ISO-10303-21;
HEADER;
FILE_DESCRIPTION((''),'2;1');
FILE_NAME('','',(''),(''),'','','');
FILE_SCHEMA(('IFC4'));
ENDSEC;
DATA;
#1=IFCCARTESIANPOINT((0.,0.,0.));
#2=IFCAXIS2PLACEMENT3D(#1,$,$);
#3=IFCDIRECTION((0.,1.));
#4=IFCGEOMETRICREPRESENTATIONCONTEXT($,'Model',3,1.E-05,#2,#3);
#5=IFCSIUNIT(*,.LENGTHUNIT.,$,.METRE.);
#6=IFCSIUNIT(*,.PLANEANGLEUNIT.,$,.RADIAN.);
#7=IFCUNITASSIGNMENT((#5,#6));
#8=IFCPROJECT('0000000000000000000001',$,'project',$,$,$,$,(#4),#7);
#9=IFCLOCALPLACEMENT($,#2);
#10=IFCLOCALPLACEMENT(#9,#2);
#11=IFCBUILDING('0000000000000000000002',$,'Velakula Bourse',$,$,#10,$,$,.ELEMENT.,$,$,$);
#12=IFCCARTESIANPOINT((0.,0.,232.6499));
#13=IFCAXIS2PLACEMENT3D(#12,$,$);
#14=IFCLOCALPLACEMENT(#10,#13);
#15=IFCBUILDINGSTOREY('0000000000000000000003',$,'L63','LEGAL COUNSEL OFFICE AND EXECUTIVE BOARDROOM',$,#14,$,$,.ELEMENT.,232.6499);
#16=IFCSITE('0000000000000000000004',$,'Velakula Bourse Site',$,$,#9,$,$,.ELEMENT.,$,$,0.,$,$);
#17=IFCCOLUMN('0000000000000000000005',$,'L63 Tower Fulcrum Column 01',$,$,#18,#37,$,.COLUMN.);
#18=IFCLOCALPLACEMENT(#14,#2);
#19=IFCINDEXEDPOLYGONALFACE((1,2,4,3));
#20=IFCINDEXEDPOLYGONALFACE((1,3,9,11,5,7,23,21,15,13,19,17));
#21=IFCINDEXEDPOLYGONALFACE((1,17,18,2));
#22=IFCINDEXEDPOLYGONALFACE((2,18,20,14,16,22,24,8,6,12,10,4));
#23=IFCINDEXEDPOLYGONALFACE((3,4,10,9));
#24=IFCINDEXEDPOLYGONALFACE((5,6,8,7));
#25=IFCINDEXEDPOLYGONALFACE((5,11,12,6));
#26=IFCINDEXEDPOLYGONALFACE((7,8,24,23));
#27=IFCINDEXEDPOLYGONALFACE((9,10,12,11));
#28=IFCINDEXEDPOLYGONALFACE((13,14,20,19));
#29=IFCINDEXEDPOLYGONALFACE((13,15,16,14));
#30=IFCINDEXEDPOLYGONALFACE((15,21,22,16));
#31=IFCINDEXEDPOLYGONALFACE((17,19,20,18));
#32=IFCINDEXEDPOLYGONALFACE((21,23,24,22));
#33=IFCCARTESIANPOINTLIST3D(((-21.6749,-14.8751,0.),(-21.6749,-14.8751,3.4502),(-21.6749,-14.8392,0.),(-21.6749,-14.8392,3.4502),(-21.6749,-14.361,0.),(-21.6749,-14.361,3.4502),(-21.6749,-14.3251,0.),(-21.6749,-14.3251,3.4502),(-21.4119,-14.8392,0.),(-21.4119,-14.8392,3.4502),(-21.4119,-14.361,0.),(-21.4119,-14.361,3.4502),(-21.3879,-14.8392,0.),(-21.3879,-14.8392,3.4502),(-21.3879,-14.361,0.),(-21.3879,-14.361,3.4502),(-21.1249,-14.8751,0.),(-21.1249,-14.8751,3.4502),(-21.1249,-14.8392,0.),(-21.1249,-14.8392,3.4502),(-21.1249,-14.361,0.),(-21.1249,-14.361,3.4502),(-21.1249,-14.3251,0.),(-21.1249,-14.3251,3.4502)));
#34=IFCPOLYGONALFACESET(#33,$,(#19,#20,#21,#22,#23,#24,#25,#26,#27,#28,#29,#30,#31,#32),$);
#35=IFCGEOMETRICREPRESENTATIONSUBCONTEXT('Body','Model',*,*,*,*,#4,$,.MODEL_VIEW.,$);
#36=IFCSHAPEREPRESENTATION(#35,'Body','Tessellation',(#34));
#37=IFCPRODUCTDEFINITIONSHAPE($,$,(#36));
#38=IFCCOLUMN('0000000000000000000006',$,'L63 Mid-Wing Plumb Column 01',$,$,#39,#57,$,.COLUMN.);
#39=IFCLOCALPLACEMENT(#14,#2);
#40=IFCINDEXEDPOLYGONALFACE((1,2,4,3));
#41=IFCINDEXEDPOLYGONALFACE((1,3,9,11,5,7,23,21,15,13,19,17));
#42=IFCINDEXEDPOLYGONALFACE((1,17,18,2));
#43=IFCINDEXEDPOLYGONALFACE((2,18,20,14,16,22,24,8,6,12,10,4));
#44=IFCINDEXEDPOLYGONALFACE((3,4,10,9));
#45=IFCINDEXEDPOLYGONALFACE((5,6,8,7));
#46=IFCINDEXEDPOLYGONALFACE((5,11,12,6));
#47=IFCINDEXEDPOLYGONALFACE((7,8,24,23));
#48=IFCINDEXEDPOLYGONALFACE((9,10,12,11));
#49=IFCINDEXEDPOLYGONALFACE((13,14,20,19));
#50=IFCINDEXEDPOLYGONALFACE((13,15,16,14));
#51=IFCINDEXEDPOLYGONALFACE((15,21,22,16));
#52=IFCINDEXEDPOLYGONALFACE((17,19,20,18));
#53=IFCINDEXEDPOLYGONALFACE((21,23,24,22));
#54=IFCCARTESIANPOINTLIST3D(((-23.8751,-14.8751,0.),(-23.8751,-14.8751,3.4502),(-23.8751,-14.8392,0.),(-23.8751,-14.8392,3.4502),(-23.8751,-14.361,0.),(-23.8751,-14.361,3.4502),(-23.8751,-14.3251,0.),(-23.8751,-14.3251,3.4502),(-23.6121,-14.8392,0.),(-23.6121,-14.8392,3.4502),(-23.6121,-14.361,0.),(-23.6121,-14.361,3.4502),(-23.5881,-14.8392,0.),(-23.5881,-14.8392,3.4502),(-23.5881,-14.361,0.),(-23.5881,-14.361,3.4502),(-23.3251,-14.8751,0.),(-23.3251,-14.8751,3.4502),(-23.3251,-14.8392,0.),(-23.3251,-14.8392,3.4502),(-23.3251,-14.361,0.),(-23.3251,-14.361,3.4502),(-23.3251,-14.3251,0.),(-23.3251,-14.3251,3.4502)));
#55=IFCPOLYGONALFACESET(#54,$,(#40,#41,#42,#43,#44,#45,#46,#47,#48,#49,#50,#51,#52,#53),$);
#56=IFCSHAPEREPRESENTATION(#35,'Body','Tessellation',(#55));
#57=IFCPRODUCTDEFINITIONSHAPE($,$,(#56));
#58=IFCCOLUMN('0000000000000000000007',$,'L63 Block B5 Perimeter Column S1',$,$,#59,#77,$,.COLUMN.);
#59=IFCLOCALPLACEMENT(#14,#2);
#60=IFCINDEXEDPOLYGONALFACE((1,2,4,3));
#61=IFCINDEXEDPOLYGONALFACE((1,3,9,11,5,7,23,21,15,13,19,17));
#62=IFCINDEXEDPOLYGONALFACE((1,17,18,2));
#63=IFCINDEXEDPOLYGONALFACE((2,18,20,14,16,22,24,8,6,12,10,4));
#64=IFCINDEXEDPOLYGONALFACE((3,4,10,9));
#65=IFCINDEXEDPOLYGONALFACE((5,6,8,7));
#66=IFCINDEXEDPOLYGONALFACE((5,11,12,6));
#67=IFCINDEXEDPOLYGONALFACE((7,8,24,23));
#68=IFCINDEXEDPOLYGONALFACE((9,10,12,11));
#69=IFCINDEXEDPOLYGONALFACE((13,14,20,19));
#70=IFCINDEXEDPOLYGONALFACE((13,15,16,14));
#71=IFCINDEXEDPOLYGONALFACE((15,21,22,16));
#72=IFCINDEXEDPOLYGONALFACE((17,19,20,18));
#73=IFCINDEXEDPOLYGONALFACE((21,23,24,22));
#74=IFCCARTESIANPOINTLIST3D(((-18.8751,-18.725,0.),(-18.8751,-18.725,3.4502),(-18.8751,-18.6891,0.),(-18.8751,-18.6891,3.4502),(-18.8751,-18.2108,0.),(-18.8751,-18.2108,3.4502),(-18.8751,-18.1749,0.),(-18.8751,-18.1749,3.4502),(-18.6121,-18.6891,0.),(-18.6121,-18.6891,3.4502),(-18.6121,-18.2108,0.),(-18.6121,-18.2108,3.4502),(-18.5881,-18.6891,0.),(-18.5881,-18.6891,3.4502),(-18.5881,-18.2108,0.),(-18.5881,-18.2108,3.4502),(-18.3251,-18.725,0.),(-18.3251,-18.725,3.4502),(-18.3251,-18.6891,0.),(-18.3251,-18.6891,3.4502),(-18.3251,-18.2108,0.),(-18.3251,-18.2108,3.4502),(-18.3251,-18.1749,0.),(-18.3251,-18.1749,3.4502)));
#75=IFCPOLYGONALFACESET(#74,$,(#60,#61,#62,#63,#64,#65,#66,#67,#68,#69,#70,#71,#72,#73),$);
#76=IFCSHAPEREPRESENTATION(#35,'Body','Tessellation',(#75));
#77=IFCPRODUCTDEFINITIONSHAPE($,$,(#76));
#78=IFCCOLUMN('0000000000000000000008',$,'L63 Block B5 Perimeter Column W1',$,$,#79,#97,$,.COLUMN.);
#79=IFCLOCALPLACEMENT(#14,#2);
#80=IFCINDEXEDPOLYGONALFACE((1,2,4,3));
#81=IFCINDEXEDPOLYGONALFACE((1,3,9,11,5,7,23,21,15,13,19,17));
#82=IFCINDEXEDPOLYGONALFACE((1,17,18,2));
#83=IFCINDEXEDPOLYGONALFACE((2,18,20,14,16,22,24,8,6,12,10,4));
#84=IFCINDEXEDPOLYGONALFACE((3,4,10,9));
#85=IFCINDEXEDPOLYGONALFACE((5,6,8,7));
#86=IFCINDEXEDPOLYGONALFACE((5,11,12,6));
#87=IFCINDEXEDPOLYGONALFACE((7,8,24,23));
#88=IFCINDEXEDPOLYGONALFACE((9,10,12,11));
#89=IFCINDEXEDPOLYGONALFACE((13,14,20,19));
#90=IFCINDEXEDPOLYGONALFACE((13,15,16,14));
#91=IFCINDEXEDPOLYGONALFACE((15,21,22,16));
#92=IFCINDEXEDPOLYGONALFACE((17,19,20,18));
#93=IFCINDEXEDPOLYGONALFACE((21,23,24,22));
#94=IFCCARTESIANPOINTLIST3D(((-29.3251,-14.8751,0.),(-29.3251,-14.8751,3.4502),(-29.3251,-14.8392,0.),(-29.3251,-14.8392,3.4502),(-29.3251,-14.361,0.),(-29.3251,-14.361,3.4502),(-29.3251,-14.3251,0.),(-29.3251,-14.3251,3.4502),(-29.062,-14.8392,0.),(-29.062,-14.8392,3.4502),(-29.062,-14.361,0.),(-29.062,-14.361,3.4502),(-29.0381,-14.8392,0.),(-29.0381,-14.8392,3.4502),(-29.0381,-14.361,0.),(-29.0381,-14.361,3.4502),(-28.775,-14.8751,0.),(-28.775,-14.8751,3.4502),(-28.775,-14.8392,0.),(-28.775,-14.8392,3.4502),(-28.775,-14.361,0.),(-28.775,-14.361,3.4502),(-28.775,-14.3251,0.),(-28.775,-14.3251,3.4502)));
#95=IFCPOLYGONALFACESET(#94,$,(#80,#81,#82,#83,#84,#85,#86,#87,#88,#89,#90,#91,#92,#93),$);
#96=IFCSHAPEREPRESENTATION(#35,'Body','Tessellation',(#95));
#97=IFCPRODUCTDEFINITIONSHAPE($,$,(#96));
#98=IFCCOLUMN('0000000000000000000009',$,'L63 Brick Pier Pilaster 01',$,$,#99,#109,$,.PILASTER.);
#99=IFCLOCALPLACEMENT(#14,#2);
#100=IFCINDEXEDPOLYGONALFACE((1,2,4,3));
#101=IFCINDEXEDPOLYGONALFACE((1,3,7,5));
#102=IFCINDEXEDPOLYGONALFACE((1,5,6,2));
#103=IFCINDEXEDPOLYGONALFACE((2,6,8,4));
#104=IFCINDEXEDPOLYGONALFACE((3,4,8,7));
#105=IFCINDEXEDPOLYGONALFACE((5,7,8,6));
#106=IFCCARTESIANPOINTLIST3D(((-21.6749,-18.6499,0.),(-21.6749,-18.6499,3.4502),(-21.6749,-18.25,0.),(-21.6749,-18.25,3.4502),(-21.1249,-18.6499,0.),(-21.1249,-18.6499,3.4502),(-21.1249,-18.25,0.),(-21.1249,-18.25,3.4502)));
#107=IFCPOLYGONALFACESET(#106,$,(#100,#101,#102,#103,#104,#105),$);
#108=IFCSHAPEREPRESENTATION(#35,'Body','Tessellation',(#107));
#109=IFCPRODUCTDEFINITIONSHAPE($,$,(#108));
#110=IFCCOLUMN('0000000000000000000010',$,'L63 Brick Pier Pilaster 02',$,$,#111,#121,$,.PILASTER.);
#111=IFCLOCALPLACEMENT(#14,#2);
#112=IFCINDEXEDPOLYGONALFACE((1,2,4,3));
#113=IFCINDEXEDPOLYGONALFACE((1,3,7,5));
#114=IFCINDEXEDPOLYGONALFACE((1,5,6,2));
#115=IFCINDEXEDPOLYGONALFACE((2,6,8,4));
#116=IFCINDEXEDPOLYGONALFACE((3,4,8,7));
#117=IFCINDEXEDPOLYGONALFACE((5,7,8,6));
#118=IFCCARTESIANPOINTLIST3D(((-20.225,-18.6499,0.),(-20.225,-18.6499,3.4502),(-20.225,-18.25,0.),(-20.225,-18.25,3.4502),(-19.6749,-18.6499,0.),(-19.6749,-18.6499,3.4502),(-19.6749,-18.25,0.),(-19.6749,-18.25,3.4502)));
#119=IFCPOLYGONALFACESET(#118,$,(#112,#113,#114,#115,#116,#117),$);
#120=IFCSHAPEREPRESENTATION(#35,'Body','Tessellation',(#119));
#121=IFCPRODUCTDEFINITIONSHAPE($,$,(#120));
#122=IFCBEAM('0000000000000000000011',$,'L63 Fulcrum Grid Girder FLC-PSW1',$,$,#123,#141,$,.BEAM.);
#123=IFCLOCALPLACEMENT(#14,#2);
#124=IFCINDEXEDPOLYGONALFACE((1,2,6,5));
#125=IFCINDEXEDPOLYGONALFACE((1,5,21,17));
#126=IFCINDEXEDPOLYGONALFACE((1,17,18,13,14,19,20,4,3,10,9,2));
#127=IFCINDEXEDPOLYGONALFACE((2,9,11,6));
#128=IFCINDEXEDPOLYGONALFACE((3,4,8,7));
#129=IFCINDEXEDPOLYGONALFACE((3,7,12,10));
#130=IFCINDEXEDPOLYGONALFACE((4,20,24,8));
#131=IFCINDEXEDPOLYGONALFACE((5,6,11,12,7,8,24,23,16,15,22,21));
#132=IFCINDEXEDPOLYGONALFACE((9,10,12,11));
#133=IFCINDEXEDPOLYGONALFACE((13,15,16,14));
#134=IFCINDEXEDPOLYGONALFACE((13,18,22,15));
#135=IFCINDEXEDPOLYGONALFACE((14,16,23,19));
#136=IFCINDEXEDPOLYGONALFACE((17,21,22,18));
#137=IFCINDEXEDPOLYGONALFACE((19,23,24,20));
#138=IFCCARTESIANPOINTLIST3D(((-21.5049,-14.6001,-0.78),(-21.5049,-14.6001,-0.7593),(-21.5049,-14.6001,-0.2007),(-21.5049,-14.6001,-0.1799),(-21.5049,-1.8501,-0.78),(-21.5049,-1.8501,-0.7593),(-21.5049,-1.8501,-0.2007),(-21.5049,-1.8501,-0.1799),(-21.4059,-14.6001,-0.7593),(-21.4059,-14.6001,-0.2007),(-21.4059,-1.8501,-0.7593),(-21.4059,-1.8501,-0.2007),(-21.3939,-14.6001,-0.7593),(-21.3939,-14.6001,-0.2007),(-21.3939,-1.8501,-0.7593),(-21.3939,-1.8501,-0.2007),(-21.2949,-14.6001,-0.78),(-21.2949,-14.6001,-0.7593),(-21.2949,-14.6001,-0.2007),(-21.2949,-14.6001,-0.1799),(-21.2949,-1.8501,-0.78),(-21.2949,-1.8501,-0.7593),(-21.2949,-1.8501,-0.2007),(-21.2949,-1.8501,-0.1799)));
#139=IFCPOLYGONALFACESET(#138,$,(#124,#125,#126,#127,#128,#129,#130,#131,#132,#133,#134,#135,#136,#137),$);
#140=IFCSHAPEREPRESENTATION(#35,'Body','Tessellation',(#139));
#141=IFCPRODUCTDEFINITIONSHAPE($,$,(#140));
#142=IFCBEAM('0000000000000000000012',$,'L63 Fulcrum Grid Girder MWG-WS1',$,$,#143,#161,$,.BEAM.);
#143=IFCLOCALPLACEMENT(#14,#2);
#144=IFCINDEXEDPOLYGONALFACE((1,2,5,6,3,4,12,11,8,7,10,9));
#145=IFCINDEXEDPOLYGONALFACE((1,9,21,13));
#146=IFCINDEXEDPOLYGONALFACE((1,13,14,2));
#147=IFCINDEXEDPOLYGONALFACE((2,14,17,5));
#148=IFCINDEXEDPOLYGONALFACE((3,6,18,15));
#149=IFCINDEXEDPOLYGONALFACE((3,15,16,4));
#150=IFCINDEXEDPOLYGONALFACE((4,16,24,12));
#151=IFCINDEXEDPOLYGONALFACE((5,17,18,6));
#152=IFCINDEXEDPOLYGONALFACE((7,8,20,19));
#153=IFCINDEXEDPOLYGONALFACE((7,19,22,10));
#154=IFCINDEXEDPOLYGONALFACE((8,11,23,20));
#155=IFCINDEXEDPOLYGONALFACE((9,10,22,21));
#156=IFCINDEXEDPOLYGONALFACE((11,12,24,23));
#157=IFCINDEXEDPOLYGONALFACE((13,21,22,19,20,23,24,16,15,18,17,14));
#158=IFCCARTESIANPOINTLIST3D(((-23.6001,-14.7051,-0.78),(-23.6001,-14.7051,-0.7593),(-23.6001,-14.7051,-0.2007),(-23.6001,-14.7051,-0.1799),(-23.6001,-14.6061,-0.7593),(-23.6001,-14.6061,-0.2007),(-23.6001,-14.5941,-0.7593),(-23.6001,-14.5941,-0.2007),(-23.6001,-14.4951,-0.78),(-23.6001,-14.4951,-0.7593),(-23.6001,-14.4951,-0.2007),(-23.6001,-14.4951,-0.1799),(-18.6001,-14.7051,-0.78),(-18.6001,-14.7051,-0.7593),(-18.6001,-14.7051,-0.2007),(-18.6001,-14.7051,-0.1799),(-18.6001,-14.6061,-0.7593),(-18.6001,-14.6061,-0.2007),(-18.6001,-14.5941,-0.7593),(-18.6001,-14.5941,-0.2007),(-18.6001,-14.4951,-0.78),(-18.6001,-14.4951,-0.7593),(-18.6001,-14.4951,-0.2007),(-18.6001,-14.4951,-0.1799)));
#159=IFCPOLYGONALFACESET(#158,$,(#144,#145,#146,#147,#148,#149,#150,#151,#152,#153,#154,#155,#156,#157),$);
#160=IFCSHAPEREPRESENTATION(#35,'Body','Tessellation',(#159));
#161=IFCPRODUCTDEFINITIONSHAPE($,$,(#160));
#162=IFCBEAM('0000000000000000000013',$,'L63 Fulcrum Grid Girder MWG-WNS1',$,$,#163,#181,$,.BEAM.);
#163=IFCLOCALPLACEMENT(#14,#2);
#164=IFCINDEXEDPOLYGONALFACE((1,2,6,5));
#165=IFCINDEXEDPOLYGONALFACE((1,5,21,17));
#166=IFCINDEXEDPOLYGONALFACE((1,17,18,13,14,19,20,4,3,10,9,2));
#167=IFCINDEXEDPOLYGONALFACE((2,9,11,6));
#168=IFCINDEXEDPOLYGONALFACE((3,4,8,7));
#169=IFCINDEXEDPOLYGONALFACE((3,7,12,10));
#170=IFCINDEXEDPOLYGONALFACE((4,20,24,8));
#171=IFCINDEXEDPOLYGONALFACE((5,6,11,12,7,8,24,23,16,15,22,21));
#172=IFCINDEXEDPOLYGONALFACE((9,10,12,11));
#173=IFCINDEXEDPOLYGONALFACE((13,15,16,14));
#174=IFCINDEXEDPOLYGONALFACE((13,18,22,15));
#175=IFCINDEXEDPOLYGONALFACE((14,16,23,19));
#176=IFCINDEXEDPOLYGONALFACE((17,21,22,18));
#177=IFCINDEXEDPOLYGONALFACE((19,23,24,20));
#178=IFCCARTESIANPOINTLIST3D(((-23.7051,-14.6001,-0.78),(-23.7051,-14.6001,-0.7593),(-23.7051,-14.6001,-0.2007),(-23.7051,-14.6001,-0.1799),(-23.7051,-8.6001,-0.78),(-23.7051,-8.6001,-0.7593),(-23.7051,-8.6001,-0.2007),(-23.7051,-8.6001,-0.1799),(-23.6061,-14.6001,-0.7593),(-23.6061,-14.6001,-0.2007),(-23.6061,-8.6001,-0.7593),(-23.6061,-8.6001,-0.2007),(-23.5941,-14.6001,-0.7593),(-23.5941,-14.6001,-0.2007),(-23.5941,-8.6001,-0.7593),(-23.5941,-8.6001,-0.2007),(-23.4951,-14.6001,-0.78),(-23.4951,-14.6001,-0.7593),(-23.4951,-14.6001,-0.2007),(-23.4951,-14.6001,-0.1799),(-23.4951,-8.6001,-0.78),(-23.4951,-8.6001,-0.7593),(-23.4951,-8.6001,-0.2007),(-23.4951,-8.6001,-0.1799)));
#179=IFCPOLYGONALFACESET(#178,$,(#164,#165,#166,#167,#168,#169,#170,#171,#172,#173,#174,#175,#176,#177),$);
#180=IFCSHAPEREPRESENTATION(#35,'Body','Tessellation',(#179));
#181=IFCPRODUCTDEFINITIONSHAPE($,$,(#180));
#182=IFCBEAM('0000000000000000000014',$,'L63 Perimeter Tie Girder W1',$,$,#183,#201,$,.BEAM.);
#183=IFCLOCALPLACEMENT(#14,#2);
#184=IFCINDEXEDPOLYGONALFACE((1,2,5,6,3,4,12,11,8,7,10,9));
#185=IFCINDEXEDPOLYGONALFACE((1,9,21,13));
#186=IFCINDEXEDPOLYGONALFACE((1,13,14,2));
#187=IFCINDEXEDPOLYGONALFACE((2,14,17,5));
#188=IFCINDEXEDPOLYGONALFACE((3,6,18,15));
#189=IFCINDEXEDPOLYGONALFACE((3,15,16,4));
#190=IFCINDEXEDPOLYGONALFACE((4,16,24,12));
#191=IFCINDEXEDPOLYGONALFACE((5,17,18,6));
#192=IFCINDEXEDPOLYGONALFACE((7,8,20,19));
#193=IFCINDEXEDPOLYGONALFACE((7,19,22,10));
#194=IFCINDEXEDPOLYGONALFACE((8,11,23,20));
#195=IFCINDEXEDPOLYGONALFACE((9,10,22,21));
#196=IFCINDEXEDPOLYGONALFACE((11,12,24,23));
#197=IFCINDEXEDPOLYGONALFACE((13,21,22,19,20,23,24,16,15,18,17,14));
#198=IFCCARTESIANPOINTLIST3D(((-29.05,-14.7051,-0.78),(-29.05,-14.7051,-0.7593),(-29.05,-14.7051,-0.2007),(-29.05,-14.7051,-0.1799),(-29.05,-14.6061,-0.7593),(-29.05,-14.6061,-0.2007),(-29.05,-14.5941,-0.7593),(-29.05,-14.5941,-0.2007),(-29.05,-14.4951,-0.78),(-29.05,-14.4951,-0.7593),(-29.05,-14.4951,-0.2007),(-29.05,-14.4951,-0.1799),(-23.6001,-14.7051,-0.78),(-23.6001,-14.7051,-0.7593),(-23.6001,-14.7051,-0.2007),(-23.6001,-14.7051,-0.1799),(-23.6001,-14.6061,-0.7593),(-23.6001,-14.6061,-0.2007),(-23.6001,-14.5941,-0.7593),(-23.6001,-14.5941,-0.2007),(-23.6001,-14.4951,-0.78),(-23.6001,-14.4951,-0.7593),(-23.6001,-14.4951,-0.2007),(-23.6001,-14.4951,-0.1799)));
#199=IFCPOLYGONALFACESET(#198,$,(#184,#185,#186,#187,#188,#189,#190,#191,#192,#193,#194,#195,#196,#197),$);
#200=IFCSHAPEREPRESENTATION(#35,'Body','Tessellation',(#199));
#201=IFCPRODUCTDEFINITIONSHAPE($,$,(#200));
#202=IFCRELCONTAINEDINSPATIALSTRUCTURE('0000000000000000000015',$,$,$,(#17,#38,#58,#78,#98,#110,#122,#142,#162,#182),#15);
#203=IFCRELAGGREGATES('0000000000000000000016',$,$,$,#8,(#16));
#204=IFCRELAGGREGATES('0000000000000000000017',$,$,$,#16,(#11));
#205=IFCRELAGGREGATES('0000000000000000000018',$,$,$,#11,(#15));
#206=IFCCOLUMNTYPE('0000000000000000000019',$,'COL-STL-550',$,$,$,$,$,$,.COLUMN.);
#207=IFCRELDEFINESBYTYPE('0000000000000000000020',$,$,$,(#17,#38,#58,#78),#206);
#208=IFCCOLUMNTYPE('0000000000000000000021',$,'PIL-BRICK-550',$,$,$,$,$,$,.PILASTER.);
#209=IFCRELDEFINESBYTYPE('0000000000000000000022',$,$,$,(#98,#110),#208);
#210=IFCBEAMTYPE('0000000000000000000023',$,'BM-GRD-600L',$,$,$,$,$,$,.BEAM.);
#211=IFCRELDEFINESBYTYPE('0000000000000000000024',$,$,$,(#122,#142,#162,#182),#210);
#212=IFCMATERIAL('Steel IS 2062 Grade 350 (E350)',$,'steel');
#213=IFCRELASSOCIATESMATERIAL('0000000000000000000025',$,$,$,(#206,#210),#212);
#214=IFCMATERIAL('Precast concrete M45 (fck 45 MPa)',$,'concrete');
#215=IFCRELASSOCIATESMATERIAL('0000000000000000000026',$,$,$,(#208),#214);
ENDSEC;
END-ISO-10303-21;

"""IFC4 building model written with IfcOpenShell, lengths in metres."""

from ifc_helpers import new_model, si_unit, direction, frame, origin, origin_2d, place, context, subcontext, project, spatial, rectangle, i_section, extrude, material, material_profile, profile_set, type_object, element, save


model = new_model("IFC4")

# Units and contexts
model_context = context("Model", 3, precision=1e-05, world=origin(), true_north=direction((0.0, 1.0)))
body_context = subcontext(model_context, "Body", "Model", "MODEL_VIEW")
ifc_project = project(units=[si_unit("LENGTHUNIT", "METRE"), si_unit("PLANEANGLEUNIT", "RADIAN")], contexts=[model_context])

# Site, building, storey
site_placement = place(None, origin())
site = spatial("IfcSite", under=ifc_project, at=site_placement, Name="Velakula Bourse Site", CompositionType="ELEMENT", RefElevation=0.0)
building_placement = place(site_placement, origin())
building = spatial("IfcBuilding", under=site, at=building_placement, Name="Velakula Bourse", CompositionType="ELEMENT")
storey_placement = place(building_placement, frame((0.0, 0.0, 232.6499)))
storey = spatial("IfcBuildingStorey", under=building, at=storey_placement, Name="L63", Description="LEGAL COUNSEL OFFICE AND EXECUTIVE BOARDROOM", CompositionType="ELEMENT", Elevation=232.6499)

# Columns
ifc_material_1 = material(Name="Steel IS 2062 Grade 350 (E350)", Category="steel")
ifc_material_profile_1 = material_profile(ifc_material_1, i_section(OverallWidth=0.55, OverallDepth=0.55, WebThickness=0.0239, FlangeThickness=0.0359, at=origin_2d()), Name="Steel IS 2062 Grade 350 (E350)")
ifc_profile_set_1 = profile_set([ifc_material_profile_1], Name="Steel IS 2062 Grade 350 (E350)")
column_type_1 = type_object("IfcColumnType", Name="COL-STL-550", PredefinedType="COLUMN", material=ifc_profile_set_1)
for number, where, z_axis, x_axis, name in (
    (1, (-21.3999, -14.6001, 0.0), (0.0, 0.0, 1.0), (1.0, 0.0, 0.0), "L63 Tower Fulcrum Column 01"),
    (2, (-23.6001, -14.6001, 0.0), (0.0, 0.0, 1.0), (1.0, 0.0, 0.0), "L63 Mid-Wing Plumb Column 01"),
    (3, (-18.6001, -18.45, 0.0), (0.0, 0.0, 1.0), (1.0, 0.0, 0.0), "L63 Block B5 Perimeter Column S1"),
    (4, (-29.05, -14.6001, 0.0), (0.0, 0.0, 1.0), (1.0, 0.0, 0.0), "L63 Block B5 Perimeter Column W1"),
):
    element("IfcColumn", number, at=place(storey_placement, frame(where, z_axis=z_axis, x_axis=x_axis)), inside=storey, type_object=column_type_1, Name=name, PredefinedType="COLUMN", context=body_context, shape_type="SweptSolid", body=[
        extrude(i_section(OverallWidth=0.55, OverallDepth=0.55, WebThickness=0.0239, FlangeThickness=0.0359, at=origin_2d()), origin(), (0.0, 0.0, 1.0), 3.4502),
    ])
ifc_material_2 = material(Name="Precast concrete M45 (fck 45 MPa)", Category="concrete")
ifc_material_profile_2 = material_profile(ifc_material_2, rectangle(XDim=0.55, YDim=0.3999, at=origin_2d()), Name="Precast concrete M45 (fck 45 MPa)")
ifc_profile_set_2 = profile_set([ifc_material_profile_2], Name="Precast concrete M45 (fck 45 MPa)")
column_type_2 = type_object("IfcColumnType", Name="PIL-BRICK-550", PredefinedType="PILASTER", material=ifc_profile_set_2)
for number, where, z_axis, x_axis, name in (
    (5, (-21.3999, -18.45, 0.0), (0.0, 0.0, 1.0), (1.0, 0.0, 0.0), "L63 Brick Pier Pilaster 01"),
    (6, (-19.95, -18.45, 0.0), (0.0, 0.0, 1.0), (1.0, 0.0, 0.0), "L63 Brick Pier Pilaster 02"),
):
    element("IfcColumn", number, at=place(storey_placement, frame(where, z_axis=z_axis, x_axis=x_axis)), inside=storey, type_object=column_type_2, Name=name, PredefinedType="PILASTER", context=body_context, shape_type="SweptSolid", body=[
        extrude(rectangle(XDim=0.55, YDim=0.3999, at=origin_2d()), origin(), (0.0, 0.0, 1.0), 3.4502),
    ])

# Beams
ifc_material_profile_3 = material_profile(ifc_material_1, i_section(OverallWidth=0.21, OverallDepth=0.6001, WebThickness=0.012, FlangeThickness=0.0208, at=origin_2d()), Name="Steel IS 2062 Grade 350 (E350)")
ifc_profile_set_3 = profile_set([ifc_material_profile_3], Name="Steel IS 2062 Grade 350 (E350)")
beam_type_1 = type_object("IfcBeamType", Name="BM-GRD-600L", PredefinedType="BEAM", material=ifc_profile_set_3)
beam_1_placement = place(storey_placement, frame((-21.3999, -14.6001, -0.48), z_axis=(0.0, 1.0, 0.0), x_axis=(-1.0, 0.0, 0.0)))
element("IfcBeam", 7, at=beam_1_placement, inside=storey, type_object=beam_type_1, Name="L63 Fulcrum Grid Girder FLC-PSW1", PredefinedType="BEAM", context=body_context, shape_type="SweptSolid", body=[
    extrude(i_section(OverallWidth=0.21, OverallDepth=0.6001, WebThickness=0.012, FlangeThickness=0.0208, at=origin_2d()), origin(), (0.0, 0.0, 1.0), 12.75),
])
beam_2_placement = place(storey_placement, frame((-23.6001, -14.6001, -0.48), z_axis=(1.0, 0.0, 0.0), x_axis=(0.0, 1.0, 0.0)))
element("IfcBeam", 8, at=beam_2_placement, inside=storey, type_object=beam_type_1, Name="L63 Fulcrum Grid Girder MWG-WS1", PredefinedType="BEAM", context=body_context, shape_type="SweptSolid", body=[
    extrude(i_section(OverallWidth=0.21, OverallDepth=0.6001, WebThickness=0.012, FlangeThickness=0.0208, at=origin_2d()), origin(), (0.0, 0.0, 1.0), 5.0),
])
beam_3_placement = place(storey_placement, frame((-23.6001, -14.6001, -0.48), z_axis=(0.0, 1.0, 0.0), x_axis=(-1.0, 0.0, 0.0)))
element("IfcBeam", 9, at=beam_3_placement, inside=storey, type_object=beam_type_1, Name="L63 Fulcrum Grid Girder MWG-WNS1", PredefinedType="BEAM", context=body_context, shape_type="SweptSolid", body=[
    extrude(i_section(OverallWidth=0.21, OverallDepth=0.6001, WebThickness=0.012, FlangeThickness=0.0208, at=origin_2d()), origin(), (0.0, 0.0, 1.0), 6.0),
])
beam_4_placement = place(storey_placement, frame((-23.6001, -14.6001, -0.48), z_axis=(-1.0, 0.0, 0.0), x_axis=(0.0, -1.0, 0.0)))
element("IfcBeam", 10, at=beam_4_placement, inside=storey, type_object=beam_type_1, Name="L63 Perimeter Tie Girder W1", PredefinedType="BEAM", context=body_context, shape_type="SweptSolid", body=[
    extrude(i_section(OverallWidth=0.21, OverallDepth=0.6001, WebThickness=0.012, FlangeThickness=0.0208, at=origin_2d()), origin(), (0.0, 0.0, 1.0), 5.45),
])

save(model, "model.ifc")
